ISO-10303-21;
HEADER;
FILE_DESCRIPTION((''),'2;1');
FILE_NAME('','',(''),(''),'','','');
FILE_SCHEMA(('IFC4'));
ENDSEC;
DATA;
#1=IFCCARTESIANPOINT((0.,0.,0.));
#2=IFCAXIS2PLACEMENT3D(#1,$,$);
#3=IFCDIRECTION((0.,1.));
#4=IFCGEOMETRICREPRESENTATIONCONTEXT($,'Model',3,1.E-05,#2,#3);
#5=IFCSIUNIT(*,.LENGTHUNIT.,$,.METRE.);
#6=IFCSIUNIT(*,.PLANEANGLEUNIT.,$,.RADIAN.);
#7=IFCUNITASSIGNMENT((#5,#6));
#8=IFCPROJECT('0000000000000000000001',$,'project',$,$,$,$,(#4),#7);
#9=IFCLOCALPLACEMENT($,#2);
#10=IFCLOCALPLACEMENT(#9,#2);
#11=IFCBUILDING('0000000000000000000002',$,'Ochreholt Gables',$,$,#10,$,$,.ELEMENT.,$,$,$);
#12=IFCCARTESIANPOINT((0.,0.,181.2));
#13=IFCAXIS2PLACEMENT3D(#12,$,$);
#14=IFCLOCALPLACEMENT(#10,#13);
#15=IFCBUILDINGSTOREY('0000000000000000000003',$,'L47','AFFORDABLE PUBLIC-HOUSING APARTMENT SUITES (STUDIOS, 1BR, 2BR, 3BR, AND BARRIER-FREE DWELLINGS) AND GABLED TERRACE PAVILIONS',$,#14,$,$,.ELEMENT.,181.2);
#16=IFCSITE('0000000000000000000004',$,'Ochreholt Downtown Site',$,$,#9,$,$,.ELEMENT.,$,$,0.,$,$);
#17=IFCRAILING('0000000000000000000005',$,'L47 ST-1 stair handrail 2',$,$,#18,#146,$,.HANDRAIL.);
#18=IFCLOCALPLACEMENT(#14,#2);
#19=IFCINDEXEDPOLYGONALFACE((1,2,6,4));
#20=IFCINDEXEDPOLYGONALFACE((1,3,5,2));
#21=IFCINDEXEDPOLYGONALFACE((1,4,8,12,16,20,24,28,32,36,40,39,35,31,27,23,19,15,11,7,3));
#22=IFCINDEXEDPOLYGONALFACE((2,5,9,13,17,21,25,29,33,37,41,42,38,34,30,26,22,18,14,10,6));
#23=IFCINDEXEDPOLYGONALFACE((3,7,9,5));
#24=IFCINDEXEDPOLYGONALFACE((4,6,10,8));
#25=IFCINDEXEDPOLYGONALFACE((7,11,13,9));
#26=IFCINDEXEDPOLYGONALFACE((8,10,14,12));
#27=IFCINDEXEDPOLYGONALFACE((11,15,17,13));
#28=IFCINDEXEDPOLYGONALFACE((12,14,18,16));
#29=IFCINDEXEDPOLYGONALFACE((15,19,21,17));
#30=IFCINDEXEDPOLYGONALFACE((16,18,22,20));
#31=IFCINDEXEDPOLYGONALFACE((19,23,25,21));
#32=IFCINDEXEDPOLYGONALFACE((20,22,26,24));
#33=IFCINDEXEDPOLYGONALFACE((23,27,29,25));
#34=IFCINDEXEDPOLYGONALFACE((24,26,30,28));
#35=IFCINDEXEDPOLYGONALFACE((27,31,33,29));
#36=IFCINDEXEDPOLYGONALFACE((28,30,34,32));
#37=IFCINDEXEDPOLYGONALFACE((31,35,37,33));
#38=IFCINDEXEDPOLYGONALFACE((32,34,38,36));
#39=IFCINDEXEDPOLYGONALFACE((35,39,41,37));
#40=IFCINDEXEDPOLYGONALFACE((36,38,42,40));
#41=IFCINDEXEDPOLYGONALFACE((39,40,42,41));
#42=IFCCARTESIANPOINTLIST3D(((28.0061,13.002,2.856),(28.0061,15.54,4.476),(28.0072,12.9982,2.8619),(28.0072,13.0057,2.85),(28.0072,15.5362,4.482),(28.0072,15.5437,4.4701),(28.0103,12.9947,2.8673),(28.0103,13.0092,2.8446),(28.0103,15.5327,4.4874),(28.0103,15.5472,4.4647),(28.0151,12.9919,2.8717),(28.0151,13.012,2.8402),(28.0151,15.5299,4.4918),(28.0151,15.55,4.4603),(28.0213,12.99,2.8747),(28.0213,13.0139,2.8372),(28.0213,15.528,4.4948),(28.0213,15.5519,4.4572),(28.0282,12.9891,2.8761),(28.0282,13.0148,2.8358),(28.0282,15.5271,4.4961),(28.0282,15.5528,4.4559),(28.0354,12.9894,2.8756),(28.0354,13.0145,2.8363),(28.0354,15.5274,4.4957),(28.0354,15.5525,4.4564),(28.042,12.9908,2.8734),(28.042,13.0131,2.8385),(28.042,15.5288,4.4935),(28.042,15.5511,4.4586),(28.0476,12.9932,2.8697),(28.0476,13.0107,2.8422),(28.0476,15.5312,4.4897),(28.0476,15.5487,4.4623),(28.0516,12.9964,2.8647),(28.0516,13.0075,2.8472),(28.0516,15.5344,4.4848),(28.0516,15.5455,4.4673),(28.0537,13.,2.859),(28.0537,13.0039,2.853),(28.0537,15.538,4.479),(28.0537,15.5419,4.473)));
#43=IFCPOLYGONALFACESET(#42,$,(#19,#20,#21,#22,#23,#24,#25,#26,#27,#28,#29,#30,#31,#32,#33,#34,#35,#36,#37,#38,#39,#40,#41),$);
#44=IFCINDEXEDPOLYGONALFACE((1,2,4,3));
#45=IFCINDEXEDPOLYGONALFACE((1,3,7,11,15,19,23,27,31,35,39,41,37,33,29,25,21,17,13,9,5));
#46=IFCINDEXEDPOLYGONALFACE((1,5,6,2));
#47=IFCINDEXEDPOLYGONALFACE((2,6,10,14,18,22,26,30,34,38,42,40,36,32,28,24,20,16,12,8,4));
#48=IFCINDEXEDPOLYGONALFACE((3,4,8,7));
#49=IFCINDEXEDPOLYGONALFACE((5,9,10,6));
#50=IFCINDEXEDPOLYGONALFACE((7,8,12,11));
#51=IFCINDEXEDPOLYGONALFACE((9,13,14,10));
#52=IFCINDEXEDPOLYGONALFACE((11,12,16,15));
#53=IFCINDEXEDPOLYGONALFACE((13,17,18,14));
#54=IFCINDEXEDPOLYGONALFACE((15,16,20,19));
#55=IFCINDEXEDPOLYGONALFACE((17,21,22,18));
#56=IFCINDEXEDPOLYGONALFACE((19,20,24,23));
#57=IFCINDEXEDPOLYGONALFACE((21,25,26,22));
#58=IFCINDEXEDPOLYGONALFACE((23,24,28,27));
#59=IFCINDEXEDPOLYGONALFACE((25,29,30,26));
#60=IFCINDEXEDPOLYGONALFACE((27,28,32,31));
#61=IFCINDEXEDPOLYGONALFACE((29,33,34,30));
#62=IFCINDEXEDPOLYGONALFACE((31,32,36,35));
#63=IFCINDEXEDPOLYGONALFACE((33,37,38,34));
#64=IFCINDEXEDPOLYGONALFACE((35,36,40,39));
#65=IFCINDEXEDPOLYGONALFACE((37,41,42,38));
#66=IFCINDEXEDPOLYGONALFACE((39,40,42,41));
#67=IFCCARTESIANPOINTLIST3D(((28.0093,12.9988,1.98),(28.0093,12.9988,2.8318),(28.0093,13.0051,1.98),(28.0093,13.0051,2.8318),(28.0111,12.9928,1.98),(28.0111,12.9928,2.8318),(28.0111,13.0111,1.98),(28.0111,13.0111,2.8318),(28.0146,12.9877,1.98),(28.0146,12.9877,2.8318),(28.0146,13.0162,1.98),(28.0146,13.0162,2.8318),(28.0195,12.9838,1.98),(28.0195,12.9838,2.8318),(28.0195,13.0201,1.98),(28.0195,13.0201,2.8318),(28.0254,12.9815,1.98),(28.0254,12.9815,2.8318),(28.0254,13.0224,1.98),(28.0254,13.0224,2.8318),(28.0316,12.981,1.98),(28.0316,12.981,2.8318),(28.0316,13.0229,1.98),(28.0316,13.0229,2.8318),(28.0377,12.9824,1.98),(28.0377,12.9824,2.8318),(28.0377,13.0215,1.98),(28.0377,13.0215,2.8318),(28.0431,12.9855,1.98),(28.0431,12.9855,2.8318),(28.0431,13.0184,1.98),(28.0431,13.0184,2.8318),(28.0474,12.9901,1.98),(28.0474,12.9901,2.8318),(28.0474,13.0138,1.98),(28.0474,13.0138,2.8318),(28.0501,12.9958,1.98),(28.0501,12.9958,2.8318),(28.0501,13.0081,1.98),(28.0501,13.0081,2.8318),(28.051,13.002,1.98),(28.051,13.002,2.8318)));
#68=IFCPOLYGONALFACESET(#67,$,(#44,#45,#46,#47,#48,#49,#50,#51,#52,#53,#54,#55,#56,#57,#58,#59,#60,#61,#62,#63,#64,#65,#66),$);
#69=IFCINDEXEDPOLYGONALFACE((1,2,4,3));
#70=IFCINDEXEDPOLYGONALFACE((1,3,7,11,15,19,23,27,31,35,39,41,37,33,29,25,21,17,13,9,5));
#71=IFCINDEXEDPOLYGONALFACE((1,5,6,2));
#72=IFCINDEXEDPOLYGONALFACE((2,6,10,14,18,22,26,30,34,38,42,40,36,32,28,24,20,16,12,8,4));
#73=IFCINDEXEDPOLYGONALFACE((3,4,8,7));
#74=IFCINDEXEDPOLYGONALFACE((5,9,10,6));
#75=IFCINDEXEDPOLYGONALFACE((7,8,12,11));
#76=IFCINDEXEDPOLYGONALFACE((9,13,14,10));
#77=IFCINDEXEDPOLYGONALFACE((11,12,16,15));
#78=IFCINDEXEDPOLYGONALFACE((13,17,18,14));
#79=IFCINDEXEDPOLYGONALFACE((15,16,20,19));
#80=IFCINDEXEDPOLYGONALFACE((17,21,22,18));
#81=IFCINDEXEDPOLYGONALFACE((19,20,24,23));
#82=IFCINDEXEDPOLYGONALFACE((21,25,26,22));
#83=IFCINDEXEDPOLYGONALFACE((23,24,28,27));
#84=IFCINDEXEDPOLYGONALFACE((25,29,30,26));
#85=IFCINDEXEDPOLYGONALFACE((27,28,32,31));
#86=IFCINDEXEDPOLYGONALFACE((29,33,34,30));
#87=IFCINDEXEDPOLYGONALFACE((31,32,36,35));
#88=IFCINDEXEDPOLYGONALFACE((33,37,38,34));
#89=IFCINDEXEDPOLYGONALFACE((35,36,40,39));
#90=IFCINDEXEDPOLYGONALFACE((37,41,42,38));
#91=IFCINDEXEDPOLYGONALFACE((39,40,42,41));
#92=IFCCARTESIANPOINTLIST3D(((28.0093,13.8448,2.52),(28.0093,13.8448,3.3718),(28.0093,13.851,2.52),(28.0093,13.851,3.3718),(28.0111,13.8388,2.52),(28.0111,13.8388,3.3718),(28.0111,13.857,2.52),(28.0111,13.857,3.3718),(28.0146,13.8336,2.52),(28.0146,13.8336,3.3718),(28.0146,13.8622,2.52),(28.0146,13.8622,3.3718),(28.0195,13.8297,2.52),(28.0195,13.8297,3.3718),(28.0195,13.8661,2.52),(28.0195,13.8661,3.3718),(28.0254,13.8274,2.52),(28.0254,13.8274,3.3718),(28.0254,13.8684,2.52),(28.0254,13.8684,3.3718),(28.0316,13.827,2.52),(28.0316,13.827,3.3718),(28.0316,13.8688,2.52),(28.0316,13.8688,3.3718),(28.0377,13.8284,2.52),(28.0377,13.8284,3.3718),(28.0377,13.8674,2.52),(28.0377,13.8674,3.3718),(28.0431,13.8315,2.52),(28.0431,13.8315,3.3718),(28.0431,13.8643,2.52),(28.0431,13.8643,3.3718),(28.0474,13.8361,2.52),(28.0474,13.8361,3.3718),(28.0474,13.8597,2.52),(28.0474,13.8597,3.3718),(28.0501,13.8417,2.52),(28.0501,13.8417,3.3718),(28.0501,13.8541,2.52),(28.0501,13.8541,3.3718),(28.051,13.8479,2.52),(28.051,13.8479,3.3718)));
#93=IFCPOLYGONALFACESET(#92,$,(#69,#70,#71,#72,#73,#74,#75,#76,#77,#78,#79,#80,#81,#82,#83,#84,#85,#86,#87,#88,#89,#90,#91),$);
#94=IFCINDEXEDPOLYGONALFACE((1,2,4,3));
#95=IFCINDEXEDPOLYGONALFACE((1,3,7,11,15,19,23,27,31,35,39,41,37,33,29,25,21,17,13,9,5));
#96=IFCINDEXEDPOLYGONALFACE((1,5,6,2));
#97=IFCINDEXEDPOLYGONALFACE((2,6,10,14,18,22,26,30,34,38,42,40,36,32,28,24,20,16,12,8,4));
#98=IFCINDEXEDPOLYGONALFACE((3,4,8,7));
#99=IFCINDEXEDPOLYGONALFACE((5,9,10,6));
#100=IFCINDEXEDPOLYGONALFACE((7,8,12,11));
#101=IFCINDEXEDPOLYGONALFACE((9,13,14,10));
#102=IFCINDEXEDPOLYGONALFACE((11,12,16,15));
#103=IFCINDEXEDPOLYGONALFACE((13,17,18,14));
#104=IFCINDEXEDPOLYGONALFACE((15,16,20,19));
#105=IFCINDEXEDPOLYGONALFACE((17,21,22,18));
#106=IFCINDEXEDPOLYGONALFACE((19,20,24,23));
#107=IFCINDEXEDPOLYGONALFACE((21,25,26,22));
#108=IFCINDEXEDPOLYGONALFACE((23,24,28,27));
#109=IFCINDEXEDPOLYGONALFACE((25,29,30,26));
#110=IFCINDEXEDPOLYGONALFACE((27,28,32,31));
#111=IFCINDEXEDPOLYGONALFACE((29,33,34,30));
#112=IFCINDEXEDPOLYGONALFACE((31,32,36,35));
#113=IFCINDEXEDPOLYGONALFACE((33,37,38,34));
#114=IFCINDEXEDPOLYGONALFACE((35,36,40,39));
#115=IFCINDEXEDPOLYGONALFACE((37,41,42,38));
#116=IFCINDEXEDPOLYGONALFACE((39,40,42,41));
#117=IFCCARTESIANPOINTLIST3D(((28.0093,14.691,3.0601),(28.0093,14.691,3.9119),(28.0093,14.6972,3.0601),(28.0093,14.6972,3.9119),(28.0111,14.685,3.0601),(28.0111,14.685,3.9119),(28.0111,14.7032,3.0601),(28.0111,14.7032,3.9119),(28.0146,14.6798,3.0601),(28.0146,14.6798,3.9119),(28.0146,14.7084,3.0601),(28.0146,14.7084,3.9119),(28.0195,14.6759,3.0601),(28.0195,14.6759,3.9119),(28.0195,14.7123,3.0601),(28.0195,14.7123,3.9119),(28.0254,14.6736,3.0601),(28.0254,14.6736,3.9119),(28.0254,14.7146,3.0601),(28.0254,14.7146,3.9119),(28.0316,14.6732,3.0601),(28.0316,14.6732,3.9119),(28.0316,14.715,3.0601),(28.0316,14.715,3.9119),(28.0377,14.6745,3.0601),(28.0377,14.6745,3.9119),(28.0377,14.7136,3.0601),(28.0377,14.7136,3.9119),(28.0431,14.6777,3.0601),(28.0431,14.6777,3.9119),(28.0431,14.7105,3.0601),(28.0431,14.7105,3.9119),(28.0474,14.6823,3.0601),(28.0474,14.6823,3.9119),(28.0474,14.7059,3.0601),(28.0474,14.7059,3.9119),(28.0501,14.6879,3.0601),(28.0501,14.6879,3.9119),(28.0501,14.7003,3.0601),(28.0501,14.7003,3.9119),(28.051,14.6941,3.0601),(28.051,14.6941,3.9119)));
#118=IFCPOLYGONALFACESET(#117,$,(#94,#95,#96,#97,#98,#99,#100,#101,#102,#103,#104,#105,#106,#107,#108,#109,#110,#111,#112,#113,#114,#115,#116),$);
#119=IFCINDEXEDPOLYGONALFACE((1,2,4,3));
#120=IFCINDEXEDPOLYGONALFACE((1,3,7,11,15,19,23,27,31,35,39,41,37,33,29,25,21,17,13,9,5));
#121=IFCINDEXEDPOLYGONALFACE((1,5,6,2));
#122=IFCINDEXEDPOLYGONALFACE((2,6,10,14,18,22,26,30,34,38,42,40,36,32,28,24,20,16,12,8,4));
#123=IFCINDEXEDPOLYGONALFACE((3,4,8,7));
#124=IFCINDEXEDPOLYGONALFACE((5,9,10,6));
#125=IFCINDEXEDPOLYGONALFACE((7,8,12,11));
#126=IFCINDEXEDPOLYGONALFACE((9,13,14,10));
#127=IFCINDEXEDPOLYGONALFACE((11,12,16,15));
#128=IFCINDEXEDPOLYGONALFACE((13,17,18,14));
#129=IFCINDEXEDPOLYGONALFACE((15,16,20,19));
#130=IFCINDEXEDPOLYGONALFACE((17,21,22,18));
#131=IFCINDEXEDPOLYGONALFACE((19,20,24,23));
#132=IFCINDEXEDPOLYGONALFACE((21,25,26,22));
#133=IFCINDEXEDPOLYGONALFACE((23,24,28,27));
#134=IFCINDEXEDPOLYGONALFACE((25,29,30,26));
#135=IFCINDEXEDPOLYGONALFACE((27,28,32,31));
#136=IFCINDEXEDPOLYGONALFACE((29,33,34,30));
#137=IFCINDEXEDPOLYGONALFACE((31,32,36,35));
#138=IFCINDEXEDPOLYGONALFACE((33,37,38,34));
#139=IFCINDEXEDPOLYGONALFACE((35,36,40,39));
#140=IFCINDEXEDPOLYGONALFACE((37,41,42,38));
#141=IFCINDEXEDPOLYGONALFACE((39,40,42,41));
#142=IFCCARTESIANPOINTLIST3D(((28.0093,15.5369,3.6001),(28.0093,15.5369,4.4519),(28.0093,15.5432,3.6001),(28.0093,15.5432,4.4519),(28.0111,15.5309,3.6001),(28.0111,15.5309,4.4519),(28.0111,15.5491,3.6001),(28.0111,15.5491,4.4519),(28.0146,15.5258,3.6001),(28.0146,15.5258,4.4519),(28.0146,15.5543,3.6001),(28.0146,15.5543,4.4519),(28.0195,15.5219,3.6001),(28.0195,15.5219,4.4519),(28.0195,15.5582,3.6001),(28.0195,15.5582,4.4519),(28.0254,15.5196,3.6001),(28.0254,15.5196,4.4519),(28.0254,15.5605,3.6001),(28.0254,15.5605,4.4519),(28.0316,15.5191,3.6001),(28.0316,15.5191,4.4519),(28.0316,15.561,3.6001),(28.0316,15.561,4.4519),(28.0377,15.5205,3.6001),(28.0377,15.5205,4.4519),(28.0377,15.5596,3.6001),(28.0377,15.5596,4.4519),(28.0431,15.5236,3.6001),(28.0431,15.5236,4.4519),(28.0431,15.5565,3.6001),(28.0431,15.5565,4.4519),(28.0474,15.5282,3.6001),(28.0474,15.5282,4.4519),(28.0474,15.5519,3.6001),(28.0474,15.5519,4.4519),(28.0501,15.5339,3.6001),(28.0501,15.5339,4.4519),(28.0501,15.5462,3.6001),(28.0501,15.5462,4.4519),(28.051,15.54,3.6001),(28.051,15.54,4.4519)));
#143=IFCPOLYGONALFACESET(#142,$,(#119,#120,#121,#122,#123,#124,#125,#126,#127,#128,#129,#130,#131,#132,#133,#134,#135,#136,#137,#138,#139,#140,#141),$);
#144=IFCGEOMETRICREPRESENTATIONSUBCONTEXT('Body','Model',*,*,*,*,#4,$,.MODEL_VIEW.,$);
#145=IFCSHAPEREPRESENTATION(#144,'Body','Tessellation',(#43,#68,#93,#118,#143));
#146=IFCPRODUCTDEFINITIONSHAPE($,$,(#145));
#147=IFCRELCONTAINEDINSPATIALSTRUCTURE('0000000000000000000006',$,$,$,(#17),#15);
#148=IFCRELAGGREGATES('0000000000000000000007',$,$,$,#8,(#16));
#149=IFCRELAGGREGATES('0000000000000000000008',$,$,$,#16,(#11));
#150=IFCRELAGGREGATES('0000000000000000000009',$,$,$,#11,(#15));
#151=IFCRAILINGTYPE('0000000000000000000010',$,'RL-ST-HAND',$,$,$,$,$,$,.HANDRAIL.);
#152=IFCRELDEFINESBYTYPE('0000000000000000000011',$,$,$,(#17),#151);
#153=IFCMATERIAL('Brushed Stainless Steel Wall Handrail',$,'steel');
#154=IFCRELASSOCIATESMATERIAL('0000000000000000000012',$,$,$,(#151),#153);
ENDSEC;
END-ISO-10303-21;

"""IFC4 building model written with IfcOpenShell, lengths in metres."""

from ifc_helpers import new_model, si_unit, direction, frame, origin, origin_2d, place, context, subcontext, project, spatial, circle, extrude, material, type_object, element, save


model = new_model("IFC4")

# Units and contexts
model_context = context("Model", 3, precision=1e-05, world=origin(), true_north=direction((0.0, 1.0)))
body_context = subcontext(model_context, "Body", "Model", "MODEL_VIEW")
ifc_project = project(units=[si_unit("LENGTHUNIT", "METRE"), si_unit("PLANEANGLEUNIT", "RADIAN")], contexts=[model_context])

# Site, building, storey
site_placement = place(None, origin())
site = spatial("IfcSite", under=ifc_project, at=site_placement, Name="Ochreholt Downtown Site", CompositionType="ELEMENT", RefElevation=0.0)
building_placement = place(site_placement, origin())
building = spatial("IfcBuilding", under=site, at=building_placement, Name="Ochreholt Gables", CompositionType="ELEMENT")
storey_placement = place(building_placement, frame((0.0, 0.0, 181.2)))
storey = spatial("IfcBuildingStorey", under=building, at=storey_placement, Name="L47", Description="AFFORDABLE PUBLIC-HOUSING APARTMENT SUITES (STUDIOS, 1BR, 2BR, 3BR, AND BARRIER-FREE DWELLINGS) AND GABLED TERRACE PAVILIONS", CompositionType="ELEMENT", Elevation=181.2)

# Railing
ifc_material_1 = material(Name="Brushed Stainless Steel Wall Handrail", Category="steel")
railing_type_1 = type_object("IfcRailingType", Name="RL-ST-HAND", PredefinedType="HANDRAIL", material=ifc_material_1)
railing_1_placement = place(storey_placement, frame((28.03, 13.002, 1.98)))
element("IfcRailing", 1, at=railing_1_placement, inside=storey, type_object=railing_type_1, Name="L47 ST-1 stair handrail 2", PredefinedType="HANDRAIL", context=body_context, shape_type="SweptSolid", body=[
    extrude(circle(Radius=0.0239, at=origin_2d()), frame((0.0, 0.0, 0.876), z_axis=(0.0, 0.842913, 0.53805), x_axis=(-1.0, 0.0, 0.0)), (0.0, 0.0, 1.0), 3.011),
    extrude(circle(Radius=0.021, at=origin_2d()), origin(), (0.0, 0.0, 1.0), 0.8518),
    extrude(circle(Radius=0.021, at=origin_2d()), frame((0.0, 0.8459, 0.54)), (0.0, 0.0, 1.0), 0.8518),
    extrude(circle(Radius=0.021, at=origin_2d()), frame((0.0, 1.6921, 1.0801)), (0.0, 0.0, 1.0), 0.8518),
    extrude(circle(Radius=0.021, at=origin_2d()), frame((0.0, 2.5381, 1.6201)), (0.0, 0.0, 1.0), 0.8518),
])

save(model, "model.ifc")
